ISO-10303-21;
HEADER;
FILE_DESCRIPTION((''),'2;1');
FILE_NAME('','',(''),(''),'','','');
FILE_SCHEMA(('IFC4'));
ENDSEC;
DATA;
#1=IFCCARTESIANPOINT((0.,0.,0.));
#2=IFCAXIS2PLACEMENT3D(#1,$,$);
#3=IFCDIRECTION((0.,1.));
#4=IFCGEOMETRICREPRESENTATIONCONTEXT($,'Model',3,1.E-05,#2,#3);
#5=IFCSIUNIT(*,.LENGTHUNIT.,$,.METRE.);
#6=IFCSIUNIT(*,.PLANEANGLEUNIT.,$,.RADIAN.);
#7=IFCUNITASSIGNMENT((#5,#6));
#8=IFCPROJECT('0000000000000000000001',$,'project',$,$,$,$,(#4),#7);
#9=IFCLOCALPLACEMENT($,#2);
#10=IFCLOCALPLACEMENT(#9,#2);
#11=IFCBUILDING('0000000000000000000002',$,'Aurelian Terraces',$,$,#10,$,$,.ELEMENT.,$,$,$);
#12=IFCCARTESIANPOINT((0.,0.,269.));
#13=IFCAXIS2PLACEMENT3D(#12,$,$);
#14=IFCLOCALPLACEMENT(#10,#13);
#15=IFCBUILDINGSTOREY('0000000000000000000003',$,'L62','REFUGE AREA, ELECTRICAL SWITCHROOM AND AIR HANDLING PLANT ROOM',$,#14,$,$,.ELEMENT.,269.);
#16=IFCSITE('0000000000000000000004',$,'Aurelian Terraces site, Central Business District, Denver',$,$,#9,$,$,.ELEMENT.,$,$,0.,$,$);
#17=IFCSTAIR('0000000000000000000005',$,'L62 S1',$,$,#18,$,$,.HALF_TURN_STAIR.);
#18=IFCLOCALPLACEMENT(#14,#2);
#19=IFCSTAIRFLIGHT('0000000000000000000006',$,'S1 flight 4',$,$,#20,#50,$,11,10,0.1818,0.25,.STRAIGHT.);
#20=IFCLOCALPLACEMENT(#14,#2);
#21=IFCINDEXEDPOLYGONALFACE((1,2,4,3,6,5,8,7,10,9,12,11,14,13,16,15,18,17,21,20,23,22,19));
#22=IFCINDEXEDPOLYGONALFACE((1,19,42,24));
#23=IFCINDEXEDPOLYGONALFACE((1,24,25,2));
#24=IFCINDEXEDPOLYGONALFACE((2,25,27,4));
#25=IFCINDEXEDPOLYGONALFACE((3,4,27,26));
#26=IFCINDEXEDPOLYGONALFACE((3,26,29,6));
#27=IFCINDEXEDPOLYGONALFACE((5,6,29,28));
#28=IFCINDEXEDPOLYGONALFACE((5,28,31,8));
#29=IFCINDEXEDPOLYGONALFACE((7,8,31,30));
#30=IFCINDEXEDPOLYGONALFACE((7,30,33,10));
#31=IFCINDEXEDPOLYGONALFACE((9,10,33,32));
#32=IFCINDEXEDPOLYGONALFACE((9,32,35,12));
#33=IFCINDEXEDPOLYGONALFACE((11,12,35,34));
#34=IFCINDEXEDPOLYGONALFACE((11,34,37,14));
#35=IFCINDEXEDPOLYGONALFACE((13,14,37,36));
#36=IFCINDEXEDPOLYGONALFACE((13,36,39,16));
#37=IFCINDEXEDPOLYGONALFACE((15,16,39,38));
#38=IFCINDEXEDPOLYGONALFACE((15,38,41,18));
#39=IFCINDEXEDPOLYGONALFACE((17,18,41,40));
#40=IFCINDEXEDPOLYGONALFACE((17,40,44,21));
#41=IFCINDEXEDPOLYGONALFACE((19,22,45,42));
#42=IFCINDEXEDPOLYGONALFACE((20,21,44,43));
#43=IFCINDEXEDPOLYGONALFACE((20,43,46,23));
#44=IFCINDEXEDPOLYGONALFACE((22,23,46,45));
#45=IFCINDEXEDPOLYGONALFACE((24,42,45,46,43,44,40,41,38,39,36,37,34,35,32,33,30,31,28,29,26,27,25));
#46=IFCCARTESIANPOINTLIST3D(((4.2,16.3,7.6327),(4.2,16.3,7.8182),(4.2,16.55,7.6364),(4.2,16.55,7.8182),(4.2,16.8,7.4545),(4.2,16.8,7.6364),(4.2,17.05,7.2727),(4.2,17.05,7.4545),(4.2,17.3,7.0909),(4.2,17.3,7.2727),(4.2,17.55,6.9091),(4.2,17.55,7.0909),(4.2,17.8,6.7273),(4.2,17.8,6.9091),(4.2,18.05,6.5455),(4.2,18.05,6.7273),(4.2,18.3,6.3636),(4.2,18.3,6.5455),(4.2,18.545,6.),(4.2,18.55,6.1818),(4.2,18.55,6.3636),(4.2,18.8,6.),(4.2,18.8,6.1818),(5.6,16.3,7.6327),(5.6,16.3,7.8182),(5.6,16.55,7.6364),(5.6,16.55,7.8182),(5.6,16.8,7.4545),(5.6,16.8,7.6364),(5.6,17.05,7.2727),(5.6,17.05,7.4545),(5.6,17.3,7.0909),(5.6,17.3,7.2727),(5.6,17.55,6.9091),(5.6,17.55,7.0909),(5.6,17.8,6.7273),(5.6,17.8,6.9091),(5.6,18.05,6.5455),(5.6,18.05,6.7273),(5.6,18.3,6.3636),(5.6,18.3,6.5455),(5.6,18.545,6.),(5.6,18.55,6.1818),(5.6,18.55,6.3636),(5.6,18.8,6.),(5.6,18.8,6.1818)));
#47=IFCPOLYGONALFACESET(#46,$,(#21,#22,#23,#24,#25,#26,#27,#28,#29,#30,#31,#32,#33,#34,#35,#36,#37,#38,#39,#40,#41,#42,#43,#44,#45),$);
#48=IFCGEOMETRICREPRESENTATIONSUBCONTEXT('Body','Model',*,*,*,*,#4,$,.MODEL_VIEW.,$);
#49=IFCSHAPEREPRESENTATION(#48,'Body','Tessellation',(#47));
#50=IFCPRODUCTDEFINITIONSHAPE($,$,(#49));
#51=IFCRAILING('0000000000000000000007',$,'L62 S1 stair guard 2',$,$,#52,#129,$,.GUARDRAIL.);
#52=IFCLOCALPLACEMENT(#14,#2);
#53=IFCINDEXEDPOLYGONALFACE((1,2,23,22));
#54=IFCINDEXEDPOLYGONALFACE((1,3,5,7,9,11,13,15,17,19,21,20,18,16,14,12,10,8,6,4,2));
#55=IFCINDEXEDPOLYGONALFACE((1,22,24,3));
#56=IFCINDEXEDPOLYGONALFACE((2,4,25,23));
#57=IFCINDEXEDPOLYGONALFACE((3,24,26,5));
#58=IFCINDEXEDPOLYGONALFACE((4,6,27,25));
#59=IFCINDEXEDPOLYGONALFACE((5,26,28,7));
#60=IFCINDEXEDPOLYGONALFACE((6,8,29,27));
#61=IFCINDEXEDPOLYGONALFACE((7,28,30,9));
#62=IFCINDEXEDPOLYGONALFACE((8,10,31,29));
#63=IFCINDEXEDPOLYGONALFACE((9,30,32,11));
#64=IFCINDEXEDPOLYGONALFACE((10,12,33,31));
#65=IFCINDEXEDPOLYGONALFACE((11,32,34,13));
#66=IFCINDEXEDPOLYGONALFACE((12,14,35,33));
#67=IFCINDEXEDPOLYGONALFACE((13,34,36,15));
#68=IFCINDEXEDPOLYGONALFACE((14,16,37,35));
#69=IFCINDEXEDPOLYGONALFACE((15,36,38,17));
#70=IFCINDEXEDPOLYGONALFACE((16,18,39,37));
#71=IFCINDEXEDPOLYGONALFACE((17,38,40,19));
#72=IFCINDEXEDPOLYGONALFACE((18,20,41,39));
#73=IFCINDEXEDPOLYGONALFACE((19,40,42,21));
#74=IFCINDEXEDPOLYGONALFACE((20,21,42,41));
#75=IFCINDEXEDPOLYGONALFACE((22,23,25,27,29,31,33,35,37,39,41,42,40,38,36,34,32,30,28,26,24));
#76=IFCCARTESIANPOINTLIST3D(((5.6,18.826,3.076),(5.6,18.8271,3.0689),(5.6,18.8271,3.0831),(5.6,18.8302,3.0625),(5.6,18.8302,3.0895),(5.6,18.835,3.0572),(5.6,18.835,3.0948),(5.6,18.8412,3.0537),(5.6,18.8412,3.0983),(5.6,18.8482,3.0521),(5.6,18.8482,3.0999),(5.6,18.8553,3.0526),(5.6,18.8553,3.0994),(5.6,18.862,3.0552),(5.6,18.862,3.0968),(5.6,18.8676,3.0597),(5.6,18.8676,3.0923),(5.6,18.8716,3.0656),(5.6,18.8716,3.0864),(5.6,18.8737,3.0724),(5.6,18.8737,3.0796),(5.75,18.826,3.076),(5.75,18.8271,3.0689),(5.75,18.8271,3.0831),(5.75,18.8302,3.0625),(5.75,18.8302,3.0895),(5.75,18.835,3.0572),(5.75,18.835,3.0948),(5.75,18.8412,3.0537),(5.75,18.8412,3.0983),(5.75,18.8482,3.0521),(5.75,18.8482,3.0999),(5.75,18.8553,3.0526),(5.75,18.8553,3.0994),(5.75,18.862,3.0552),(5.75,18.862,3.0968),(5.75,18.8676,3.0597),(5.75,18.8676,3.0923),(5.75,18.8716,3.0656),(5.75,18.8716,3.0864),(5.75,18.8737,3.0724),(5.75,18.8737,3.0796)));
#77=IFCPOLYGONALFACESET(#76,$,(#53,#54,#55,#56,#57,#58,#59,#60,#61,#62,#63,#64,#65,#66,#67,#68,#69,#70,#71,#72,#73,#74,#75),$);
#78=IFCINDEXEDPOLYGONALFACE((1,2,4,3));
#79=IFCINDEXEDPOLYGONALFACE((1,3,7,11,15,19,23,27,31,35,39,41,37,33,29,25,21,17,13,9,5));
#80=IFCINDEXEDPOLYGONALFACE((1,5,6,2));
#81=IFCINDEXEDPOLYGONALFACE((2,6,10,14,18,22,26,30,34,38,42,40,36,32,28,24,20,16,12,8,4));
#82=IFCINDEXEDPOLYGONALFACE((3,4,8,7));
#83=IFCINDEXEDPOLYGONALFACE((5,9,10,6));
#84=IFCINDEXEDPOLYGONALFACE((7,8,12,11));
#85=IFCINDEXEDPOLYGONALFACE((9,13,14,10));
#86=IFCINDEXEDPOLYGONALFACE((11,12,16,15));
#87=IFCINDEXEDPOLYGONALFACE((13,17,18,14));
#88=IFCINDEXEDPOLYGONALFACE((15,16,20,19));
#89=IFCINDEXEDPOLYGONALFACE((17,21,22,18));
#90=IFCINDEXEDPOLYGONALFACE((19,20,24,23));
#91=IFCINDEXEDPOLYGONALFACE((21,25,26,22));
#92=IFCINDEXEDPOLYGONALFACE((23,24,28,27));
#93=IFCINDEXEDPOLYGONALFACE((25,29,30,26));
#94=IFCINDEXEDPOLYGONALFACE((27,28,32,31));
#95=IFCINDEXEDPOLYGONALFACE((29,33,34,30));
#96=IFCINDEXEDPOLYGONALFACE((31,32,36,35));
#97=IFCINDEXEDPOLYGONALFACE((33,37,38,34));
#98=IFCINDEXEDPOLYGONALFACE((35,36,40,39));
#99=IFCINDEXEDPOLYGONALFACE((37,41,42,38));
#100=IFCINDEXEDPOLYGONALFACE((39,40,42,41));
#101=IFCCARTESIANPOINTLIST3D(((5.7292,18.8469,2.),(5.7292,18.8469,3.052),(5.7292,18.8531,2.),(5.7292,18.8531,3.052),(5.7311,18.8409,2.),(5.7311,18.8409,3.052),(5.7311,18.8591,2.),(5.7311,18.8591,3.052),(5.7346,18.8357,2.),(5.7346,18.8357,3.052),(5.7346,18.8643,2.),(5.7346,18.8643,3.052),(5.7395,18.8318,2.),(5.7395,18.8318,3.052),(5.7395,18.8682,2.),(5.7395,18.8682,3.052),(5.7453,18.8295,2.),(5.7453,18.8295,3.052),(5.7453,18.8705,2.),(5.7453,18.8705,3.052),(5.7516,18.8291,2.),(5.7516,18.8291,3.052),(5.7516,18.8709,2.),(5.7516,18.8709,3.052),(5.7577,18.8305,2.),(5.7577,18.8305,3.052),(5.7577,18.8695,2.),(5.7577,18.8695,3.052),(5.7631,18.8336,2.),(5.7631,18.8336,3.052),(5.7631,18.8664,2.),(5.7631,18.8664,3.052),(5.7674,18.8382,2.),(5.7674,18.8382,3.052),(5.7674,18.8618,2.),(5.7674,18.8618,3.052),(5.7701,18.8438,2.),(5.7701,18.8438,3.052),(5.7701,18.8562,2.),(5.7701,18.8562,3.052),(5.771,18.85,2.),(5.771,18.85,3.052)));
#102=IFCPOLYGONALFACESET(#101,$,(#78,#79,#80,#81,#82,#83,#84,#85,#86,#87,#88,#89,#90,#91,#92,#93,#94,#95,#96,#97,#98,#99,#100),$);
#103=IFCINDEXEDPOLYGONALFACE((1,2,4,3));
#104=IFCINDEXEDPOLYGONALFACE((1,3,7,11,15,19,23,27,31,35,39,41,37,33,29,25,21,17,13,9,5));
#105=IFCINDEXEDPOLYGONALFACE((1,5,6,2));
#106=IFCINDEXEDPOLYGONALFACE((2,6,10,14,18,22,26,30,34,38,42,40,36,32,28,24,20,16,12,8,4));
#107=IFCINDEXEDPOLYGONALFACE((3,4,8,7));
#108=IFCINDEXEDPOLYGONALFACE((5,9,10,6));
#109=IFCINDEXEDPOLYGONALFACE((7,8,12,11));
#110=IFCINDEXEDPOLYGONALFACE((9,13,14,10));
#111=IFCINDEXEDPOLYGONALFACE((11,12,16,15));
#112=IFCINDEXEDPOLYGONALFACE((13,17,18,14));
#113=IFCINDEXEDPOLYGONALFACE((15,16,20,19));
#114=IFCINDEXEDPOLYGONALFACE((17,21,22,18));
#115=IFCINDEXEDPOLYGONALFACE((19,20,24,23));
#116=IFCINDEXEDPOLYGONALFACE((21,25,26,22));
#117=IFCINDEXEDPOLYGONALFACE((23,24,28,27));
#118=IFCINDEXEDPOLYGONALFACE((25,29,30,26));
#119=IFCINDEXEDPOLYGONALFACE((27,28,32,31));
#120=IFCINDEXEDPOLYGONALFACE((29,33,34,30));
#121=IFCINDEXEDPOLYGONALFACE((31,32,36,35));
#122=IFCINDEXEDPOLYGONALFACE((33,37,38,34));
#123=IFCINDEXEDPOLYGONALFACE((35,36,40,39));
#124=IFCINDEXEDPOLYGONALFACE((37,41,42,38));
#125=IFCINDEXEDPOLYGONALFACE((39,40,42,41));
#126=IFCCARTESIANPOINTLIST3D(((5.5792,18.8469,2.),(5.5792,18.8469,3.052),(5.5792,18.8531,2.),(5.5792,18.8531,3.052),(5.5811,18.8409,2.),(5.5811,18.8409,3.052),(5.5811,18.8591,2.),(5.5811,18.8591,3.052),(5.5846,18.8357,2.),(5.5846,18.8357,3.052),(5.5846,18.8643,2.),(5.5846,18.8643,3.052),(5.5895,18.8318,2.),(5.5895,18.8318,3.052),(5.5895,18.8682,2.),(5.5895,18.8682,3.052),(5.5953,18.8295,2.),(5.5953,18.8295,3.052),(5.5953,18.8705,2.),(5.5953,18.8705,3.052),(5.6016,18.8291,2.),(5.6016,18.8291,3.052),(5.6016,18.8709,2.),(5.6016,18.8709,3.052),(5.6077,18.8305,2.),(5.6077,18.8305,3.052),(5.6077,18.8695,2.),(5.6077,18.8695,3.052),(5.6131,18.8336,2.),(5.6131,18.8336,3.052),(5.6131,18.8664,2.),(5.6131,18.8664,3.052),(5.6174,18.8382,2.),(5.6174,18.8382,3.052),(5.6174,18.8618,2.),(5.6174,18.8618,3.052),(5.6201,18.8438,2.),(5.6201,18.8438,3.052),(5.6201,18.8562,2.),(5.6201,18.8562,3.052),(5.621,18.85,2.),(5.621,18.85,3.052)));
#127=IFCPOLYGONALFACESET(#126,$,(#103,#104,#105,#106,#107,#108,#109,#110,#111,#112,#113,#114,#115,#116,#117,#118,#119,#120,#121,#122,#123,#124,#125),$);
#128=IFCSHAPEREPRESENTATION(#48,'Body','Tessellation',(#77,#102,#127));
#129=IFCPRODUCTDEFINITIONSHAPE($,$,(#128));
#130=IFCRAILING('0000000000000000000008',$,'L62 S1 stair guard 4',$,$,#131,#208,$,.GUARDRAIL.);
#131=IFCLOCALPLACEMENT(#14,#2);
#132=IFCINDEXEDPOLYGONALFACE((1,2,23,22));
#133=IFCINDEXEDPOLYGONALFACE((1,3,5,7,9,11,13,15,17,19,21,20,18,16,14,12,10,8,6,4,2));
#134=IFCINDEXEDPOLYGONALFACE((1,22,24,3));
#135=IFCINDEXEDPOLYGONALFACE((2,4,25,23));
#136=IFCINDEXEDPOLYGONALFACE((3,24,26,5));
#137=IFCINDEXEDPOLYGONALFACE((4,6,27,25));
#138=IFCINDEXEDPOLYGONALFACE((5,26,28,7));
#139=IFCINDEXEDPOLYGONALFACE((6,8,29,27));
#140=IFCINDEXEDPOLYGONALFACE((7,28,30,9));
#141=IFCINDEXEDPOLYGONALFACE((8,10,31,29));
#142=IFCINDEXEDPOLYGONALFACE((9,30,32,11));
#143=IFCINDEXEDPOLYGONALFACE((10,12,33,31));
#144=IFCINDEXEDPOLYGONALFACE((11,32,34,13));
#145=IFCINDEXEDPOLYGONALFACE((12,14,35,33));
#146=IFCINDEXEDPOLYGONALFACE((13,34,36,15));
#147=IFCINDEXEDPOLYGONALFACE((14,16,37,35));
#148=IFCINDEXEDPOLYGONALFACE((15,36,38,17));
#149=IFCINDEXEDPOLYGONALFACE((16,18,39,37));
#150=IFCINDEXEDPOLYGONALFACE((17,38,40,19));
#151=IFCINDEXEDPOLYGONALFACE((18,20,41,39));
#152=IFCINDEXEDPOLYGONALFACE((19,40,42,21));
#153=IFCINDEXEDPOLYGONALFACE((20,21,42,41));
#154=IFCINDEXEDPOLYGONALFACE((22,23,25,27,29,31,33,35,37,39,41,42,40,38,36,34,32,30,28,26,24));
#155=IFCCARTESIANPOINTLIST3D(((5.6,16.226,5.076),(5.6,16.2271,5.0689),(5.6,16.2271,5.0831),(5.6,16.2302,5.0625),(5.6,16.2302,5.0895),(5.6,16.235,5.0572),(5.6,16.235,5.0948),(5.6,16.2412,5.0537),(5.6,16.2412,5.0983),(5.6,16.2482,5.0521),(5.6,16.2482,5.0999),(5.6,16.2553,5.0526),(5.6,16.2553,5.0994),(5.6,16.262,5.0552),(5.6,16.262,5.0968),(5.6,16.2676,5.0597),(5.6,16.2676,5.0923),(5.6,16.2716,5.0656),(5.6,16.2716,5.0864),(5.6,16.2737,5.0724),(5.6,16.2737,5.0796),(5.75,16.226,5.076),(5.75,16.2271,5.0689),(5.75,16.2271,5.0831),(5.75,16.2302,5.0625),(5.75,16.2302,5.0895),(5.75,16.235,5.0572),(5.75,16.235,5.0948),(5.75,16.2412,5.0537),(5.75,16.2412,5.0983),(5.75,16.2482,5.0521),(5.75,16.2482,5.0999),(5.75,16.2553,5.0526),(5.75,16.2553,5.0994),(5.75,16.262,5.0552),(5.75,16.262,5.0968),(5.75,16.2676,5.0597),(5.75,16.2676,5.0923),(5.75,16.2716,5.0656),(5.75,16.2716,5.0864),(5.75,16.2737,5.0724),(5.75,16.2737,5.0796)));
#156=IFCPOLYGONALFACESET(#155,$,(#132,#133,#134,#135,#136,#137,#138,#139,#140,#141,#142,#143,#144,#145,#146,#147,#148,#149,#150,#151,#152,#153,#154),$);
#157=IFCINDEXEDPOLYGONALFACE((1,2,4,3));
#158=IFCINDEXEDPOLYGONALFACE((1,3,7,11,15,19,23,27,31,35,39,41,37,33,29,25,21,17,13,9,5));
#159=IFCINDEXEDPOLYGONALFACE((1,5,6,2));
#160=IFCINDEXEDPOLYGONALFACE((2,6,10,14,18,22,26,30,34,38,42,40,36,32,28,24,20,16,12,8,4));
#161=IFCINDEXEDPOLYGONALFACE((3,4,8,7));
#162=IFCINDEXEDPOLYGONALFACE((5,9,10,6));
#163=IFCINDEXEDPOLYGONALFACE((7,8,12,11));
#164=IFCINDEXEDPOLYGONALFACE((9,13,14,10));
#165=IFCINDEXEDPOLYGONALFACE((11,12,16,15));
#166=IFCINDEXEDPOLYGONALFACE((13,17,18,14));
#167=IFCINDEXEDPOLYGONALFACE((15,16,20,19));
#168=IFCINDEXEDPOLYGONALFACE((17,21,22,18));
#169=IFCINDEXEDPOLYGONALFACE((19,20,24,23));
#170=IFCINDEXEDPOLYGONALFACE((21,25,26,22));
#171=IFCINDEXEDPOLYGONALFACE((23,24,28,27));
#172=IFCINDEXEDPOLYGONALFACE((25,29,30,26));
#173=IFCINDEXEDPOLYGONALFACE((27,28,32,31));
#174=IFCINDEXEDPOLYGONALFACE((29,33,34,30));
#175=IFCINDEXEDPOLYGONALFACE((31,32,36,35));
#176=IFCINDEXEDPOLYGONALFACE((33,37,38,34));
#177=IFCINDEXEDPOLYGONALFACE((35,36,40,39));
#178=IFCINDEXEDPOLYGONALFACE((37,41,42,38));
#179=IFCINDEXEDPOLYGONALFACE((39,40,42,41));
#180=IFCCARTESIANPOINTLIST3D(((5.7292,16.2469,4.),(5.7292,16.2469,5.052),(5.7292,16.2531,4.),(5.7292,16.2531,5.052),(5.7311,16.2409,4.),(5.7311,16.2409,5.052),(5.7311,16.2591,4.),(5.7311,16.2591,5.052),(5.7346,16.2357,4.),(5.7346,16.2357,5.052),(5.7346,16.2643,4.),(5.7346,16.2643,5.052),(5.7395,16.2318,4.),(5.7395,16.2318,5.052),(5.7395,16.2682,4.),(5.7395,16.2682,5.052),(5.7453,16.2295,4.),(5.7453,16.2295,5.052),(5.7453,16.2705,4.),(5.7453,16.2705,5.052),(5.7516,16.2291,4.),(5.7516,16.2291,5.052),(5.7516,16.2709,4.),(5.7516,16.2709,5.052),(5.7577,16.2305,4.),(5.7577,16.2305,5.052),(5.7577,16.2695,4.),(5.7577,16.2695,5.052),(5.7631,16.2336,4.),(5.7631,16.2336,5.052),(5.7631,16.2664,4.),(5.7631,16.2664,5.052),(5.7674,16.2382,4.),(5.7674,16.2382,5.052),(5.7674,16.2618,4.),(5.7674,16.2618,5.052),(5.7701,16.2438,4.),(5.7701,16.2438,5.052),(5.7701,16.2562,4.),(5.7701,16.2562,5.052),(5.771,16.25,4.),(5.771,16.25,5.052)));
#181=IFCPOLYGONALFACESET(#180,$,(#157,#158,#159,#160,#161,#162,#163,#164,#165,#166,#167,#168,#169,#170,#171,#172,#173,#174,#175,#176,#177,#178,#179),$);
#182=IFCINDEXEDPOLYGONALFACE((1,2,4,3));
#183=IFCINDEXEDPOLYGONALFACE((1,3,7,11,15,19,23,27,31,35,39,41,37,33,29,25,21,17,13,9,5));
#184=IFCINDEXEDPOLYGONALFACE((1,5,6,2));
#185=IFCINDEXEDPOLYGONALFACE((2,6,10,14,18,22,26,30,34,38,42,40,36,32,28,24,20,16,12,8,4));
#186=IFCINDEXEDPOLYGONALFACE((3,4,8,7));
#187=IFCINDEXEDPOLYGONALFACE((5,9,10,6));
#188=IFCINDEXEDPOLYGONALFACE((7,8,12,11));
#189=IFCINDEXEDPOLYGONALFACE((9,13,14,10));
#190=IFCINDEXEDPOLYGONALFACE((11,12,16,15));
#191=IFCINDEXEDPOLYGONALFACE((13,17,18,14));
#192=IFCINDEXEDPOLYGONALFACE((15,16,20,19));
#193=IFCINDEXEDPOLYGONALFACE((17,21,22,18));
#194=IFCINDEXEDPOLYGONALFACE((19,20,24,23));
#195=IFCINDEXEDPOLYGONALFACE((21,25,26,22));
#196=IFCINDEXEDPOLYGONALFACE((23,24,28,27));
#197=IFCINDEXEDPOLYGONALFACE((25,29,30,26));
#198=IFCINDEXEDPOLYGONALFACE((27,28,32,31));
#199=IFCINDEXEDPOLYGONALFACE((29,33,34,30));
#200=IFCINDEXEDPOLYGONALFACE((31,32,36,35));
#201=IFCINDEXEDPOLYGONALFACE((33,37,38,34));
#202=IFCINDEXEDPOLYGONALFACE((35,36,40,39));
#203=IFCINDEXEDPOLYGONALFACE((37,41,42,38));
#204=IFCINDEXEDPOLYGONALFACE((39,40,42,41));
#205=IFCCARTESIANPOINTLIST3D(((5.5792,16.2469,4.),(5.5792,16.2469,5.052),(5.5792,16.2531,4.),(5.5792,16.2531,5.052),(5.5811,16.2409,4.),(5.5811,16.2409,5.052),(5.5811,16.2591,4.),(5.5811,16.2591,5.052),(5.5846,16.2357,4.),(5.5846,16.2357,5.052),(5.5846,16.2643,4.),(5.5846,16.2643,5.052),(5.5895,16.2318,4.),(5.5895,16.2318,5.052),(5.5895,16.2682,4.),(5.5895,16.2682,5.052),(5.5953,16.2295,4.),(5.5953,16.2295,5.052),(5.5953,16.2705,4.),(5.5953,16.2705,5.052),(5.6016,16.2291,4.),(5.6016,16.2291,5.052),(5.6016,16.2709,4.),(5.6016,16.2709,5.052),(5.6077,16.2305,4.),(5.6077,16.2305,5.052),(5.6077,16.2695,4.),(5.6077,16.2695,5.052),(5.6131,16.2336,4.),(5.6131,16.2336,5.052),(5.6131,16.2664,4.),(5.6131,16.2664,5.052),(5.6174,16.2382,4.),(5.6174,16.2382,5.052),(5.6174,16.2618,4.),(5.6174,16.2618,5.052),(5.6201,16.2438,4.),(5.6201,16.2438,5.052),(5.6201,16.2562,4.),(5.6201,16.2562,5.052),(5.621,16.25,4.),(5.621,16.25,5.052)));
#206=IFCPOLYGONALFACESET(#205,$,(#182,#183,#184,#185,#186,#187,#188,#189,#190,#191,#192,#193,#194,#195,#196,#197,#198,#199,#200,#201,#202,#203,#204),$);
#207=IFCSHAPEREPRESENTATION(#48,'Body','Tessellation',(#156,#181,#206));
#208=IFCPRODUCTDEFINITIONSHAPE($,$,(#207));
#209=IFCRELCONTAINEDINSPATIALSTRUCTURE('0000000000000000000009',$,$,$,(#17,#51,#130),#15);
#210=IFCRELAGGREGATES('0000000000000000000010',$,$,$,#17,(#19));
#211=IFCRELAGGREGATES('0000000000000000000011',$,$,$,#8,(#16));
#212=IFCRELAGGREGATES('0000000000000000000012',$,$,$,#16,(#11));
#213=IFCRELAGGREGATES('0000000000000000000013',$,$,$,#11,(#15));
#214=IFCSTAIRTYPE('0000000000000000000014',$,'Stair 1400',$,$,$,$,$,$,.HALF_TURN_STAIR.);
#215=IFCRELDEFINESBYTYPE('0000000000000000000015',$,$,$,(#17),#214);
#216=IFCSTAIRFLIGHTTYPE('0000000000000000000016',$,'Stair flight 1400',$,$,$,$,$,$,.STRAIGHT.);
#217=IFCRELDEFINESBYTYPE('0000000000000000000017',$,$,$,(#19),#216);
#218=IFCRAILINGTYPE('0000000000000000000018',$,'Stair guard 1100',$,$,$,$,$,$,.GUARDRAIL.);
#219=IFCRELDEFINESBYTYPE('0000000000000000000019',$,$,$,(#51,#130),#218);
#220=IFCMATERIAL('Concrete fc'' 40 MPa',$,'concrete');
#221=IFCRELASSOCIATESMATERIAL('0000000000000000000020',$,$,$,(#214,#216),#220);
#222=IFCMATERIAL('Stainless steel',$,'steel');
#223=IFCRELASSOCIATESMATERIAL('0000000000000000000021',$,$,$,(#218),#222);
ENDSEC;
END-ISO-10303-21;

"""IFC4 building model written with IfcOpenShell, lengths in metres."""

from ifc_helpers import new_model, si_unit, direction, frame, origin, origin_2d, place, context, subcontext, project, spatial, polyline, circle, outline, extrude, source, transform, mapped, material, type_object, element, aggregate, save


model = new_model("IFC4")

# Units and contexts
model_context = context("Model", 3, precision=1e-05, world=origin(), true_north=direction((0.0, 1.0)))
body_context = subcontext(model_context, "Body", "Model", "MODEL_VIEW")
ifc_project = project(units=[si_unit("LENGTHUNIT", "METRE"), si_unit("PLANEANGLEUNIT", "RADIAN")], contexts=[model_context])

# Site, building, storey
site_placement = place(None, origin())
site = spatial("IfcSite", under=ifc_project, at=site_placement, Name="Aurelian Terraces site, Central Business District, Denver", CompositionType="ELEMENT", RefElevation=0.0)
building_placement = place(site_placement, origin())
building = spatial("IfcBuilding", under=site, at=building_placement, Name="Aurelian Terraces", CompositionType="ELEMENT")
storey_placement = place(building_placement, frame((0.0, 0.0, 269.0)))
storey = spatial("IfcBuildingStorey", under=building, at=storey_placement, Name="L62", Description="REFUGE AREA, ELECTRICAL SWITCHROOM AND AIR HANDLING PLANT ROOM", CompositionType="ELEMENT", Elevation=269.0)

# Shared definitions
ifc_material_1 = material(Name="Concrete fc' 40 MPa", Category="concrete")

# Stair, stair flight
stair_type = type_object("IfcStairType", Name="Stair 1400", PredefinedType="HALF_TURN_STAIR", material=ifc_material_1)
stair_placement = place(storey_placement, origin())
stair = element("IfcStair", 1, at=stair_placement, inside=storey, type_object=stair_type, Name="L62 S1", PredefinedType="HALF_TURN_STAIR")
stair_flight_type = type_object("IfcStairFlightType", Name="Stair flight 1400", PredefinedType="STRAIGHT", material=ifc_material_1)
shared_shape_1 = source(origin(), body_context, "Body", "SweptSolid", [
    extrude(outline(polyline([(0.0, 0.0), (0.0, 0.1818), (0.25, 0.1818), (0.25, 0.3636), (0.5, 0.3636), (0.5, 0.5455), (0.75, 0.5455), (0.75, 0.7273), (1.0, 0.7273), (1.0, 0.9091), (1.25, 0.9091), (1.25, 1.0909), (1.5, 1.0909), (1.5, 1.2727), (1.75, 1.2727), (1.75, 1.4545), (2.0, 1.4545), (2.0, 1.6364), (2.25, 1.6364), (2.25, 1.8182), (2.5, 1.8182), (2.5, 2.0), (2.5, 1.6327), (0.255, 0.0), (0.0, 0.0)])), frame((0.0, 0.7, 0.0), z_axis=(0.0, -1.0, 0.0), x_axis=(1.0, 0.0, 0.0)), (0.0, 0.0, 1.0), 1.4),
])
stair_flight_1_placement = place(storey_placement, frame((4.9, 18.8, 6.0), z_axis=(0.0, 0.0, 1.0), x_axis=(0.0, -1.0, 0.0)))
stair_flight_1 = element("IfcStairFlight", 2, at=stair_flight_1_placement, type_object=stair_flight_type, Name="S1 flight 4", NumberOfRisers=11, NumberOfTreads=10, PredefinedType="STRAIGHT", RiserHeight=0.1818, TreadLength=0.25, context=body_context, shape_type="MappedRepresentation", body=[
    mapped(shared_shape_1, transform((0.0, 0.0, 0.0), scale=1.0)),
])
aggregate(stair, [stair_flight_1])

# Railings
ifc_material_2 = material(Name="Stainless steel", Category="steel")
railing_type_1 = type_object("IfcRailingType", Name="Stair guard 1100", PredefinedType="GUARDRAIL", material=ifc_material_2)
shared_shape_2 = source(origin(), body_context, "Body", "SweptSolid", [
    extrude(circle(Radius=0.024, at=origin_2d()), frame((0.0, 0.0, 1.076), z_axis=(-1.0, 0.0, 0.0), x_axis=(0.0, -1.0, 0.0)), (0.0, 0.0, 1.0), 0.15),
    extrude(circle(Radius=0.021, at=origin_2d()), origin(), (0.0, 0.0, 1.0), 1.052),
    extrude(circle(Radius=0.021, at=origin_2d()), frame((-0.15, 0.0, 0.0)), (0.0, 0.0, 1.0), 1.052),
])
for number, where, name in (
    (3, (5.75, 18.85, 2.0), "L62 S1 stair guard 2"),
    (4, (5.75, 16.25, 4.0), "L62 S1 stair guard 4"),
):
    element("IfcRailing", number, at=place(storey_placement, frame(where)), inside=storey, type_object=railing_type_1, Name=name, PredefinedType="GUARDRAIL", context=body_context, shape_type="MappedRepresentation", body=[
        mapped(shared_shape_2, transform((0.0, 0.0, 0.0), scale=1.0)),
    ])

save(model, "model.ifc")
